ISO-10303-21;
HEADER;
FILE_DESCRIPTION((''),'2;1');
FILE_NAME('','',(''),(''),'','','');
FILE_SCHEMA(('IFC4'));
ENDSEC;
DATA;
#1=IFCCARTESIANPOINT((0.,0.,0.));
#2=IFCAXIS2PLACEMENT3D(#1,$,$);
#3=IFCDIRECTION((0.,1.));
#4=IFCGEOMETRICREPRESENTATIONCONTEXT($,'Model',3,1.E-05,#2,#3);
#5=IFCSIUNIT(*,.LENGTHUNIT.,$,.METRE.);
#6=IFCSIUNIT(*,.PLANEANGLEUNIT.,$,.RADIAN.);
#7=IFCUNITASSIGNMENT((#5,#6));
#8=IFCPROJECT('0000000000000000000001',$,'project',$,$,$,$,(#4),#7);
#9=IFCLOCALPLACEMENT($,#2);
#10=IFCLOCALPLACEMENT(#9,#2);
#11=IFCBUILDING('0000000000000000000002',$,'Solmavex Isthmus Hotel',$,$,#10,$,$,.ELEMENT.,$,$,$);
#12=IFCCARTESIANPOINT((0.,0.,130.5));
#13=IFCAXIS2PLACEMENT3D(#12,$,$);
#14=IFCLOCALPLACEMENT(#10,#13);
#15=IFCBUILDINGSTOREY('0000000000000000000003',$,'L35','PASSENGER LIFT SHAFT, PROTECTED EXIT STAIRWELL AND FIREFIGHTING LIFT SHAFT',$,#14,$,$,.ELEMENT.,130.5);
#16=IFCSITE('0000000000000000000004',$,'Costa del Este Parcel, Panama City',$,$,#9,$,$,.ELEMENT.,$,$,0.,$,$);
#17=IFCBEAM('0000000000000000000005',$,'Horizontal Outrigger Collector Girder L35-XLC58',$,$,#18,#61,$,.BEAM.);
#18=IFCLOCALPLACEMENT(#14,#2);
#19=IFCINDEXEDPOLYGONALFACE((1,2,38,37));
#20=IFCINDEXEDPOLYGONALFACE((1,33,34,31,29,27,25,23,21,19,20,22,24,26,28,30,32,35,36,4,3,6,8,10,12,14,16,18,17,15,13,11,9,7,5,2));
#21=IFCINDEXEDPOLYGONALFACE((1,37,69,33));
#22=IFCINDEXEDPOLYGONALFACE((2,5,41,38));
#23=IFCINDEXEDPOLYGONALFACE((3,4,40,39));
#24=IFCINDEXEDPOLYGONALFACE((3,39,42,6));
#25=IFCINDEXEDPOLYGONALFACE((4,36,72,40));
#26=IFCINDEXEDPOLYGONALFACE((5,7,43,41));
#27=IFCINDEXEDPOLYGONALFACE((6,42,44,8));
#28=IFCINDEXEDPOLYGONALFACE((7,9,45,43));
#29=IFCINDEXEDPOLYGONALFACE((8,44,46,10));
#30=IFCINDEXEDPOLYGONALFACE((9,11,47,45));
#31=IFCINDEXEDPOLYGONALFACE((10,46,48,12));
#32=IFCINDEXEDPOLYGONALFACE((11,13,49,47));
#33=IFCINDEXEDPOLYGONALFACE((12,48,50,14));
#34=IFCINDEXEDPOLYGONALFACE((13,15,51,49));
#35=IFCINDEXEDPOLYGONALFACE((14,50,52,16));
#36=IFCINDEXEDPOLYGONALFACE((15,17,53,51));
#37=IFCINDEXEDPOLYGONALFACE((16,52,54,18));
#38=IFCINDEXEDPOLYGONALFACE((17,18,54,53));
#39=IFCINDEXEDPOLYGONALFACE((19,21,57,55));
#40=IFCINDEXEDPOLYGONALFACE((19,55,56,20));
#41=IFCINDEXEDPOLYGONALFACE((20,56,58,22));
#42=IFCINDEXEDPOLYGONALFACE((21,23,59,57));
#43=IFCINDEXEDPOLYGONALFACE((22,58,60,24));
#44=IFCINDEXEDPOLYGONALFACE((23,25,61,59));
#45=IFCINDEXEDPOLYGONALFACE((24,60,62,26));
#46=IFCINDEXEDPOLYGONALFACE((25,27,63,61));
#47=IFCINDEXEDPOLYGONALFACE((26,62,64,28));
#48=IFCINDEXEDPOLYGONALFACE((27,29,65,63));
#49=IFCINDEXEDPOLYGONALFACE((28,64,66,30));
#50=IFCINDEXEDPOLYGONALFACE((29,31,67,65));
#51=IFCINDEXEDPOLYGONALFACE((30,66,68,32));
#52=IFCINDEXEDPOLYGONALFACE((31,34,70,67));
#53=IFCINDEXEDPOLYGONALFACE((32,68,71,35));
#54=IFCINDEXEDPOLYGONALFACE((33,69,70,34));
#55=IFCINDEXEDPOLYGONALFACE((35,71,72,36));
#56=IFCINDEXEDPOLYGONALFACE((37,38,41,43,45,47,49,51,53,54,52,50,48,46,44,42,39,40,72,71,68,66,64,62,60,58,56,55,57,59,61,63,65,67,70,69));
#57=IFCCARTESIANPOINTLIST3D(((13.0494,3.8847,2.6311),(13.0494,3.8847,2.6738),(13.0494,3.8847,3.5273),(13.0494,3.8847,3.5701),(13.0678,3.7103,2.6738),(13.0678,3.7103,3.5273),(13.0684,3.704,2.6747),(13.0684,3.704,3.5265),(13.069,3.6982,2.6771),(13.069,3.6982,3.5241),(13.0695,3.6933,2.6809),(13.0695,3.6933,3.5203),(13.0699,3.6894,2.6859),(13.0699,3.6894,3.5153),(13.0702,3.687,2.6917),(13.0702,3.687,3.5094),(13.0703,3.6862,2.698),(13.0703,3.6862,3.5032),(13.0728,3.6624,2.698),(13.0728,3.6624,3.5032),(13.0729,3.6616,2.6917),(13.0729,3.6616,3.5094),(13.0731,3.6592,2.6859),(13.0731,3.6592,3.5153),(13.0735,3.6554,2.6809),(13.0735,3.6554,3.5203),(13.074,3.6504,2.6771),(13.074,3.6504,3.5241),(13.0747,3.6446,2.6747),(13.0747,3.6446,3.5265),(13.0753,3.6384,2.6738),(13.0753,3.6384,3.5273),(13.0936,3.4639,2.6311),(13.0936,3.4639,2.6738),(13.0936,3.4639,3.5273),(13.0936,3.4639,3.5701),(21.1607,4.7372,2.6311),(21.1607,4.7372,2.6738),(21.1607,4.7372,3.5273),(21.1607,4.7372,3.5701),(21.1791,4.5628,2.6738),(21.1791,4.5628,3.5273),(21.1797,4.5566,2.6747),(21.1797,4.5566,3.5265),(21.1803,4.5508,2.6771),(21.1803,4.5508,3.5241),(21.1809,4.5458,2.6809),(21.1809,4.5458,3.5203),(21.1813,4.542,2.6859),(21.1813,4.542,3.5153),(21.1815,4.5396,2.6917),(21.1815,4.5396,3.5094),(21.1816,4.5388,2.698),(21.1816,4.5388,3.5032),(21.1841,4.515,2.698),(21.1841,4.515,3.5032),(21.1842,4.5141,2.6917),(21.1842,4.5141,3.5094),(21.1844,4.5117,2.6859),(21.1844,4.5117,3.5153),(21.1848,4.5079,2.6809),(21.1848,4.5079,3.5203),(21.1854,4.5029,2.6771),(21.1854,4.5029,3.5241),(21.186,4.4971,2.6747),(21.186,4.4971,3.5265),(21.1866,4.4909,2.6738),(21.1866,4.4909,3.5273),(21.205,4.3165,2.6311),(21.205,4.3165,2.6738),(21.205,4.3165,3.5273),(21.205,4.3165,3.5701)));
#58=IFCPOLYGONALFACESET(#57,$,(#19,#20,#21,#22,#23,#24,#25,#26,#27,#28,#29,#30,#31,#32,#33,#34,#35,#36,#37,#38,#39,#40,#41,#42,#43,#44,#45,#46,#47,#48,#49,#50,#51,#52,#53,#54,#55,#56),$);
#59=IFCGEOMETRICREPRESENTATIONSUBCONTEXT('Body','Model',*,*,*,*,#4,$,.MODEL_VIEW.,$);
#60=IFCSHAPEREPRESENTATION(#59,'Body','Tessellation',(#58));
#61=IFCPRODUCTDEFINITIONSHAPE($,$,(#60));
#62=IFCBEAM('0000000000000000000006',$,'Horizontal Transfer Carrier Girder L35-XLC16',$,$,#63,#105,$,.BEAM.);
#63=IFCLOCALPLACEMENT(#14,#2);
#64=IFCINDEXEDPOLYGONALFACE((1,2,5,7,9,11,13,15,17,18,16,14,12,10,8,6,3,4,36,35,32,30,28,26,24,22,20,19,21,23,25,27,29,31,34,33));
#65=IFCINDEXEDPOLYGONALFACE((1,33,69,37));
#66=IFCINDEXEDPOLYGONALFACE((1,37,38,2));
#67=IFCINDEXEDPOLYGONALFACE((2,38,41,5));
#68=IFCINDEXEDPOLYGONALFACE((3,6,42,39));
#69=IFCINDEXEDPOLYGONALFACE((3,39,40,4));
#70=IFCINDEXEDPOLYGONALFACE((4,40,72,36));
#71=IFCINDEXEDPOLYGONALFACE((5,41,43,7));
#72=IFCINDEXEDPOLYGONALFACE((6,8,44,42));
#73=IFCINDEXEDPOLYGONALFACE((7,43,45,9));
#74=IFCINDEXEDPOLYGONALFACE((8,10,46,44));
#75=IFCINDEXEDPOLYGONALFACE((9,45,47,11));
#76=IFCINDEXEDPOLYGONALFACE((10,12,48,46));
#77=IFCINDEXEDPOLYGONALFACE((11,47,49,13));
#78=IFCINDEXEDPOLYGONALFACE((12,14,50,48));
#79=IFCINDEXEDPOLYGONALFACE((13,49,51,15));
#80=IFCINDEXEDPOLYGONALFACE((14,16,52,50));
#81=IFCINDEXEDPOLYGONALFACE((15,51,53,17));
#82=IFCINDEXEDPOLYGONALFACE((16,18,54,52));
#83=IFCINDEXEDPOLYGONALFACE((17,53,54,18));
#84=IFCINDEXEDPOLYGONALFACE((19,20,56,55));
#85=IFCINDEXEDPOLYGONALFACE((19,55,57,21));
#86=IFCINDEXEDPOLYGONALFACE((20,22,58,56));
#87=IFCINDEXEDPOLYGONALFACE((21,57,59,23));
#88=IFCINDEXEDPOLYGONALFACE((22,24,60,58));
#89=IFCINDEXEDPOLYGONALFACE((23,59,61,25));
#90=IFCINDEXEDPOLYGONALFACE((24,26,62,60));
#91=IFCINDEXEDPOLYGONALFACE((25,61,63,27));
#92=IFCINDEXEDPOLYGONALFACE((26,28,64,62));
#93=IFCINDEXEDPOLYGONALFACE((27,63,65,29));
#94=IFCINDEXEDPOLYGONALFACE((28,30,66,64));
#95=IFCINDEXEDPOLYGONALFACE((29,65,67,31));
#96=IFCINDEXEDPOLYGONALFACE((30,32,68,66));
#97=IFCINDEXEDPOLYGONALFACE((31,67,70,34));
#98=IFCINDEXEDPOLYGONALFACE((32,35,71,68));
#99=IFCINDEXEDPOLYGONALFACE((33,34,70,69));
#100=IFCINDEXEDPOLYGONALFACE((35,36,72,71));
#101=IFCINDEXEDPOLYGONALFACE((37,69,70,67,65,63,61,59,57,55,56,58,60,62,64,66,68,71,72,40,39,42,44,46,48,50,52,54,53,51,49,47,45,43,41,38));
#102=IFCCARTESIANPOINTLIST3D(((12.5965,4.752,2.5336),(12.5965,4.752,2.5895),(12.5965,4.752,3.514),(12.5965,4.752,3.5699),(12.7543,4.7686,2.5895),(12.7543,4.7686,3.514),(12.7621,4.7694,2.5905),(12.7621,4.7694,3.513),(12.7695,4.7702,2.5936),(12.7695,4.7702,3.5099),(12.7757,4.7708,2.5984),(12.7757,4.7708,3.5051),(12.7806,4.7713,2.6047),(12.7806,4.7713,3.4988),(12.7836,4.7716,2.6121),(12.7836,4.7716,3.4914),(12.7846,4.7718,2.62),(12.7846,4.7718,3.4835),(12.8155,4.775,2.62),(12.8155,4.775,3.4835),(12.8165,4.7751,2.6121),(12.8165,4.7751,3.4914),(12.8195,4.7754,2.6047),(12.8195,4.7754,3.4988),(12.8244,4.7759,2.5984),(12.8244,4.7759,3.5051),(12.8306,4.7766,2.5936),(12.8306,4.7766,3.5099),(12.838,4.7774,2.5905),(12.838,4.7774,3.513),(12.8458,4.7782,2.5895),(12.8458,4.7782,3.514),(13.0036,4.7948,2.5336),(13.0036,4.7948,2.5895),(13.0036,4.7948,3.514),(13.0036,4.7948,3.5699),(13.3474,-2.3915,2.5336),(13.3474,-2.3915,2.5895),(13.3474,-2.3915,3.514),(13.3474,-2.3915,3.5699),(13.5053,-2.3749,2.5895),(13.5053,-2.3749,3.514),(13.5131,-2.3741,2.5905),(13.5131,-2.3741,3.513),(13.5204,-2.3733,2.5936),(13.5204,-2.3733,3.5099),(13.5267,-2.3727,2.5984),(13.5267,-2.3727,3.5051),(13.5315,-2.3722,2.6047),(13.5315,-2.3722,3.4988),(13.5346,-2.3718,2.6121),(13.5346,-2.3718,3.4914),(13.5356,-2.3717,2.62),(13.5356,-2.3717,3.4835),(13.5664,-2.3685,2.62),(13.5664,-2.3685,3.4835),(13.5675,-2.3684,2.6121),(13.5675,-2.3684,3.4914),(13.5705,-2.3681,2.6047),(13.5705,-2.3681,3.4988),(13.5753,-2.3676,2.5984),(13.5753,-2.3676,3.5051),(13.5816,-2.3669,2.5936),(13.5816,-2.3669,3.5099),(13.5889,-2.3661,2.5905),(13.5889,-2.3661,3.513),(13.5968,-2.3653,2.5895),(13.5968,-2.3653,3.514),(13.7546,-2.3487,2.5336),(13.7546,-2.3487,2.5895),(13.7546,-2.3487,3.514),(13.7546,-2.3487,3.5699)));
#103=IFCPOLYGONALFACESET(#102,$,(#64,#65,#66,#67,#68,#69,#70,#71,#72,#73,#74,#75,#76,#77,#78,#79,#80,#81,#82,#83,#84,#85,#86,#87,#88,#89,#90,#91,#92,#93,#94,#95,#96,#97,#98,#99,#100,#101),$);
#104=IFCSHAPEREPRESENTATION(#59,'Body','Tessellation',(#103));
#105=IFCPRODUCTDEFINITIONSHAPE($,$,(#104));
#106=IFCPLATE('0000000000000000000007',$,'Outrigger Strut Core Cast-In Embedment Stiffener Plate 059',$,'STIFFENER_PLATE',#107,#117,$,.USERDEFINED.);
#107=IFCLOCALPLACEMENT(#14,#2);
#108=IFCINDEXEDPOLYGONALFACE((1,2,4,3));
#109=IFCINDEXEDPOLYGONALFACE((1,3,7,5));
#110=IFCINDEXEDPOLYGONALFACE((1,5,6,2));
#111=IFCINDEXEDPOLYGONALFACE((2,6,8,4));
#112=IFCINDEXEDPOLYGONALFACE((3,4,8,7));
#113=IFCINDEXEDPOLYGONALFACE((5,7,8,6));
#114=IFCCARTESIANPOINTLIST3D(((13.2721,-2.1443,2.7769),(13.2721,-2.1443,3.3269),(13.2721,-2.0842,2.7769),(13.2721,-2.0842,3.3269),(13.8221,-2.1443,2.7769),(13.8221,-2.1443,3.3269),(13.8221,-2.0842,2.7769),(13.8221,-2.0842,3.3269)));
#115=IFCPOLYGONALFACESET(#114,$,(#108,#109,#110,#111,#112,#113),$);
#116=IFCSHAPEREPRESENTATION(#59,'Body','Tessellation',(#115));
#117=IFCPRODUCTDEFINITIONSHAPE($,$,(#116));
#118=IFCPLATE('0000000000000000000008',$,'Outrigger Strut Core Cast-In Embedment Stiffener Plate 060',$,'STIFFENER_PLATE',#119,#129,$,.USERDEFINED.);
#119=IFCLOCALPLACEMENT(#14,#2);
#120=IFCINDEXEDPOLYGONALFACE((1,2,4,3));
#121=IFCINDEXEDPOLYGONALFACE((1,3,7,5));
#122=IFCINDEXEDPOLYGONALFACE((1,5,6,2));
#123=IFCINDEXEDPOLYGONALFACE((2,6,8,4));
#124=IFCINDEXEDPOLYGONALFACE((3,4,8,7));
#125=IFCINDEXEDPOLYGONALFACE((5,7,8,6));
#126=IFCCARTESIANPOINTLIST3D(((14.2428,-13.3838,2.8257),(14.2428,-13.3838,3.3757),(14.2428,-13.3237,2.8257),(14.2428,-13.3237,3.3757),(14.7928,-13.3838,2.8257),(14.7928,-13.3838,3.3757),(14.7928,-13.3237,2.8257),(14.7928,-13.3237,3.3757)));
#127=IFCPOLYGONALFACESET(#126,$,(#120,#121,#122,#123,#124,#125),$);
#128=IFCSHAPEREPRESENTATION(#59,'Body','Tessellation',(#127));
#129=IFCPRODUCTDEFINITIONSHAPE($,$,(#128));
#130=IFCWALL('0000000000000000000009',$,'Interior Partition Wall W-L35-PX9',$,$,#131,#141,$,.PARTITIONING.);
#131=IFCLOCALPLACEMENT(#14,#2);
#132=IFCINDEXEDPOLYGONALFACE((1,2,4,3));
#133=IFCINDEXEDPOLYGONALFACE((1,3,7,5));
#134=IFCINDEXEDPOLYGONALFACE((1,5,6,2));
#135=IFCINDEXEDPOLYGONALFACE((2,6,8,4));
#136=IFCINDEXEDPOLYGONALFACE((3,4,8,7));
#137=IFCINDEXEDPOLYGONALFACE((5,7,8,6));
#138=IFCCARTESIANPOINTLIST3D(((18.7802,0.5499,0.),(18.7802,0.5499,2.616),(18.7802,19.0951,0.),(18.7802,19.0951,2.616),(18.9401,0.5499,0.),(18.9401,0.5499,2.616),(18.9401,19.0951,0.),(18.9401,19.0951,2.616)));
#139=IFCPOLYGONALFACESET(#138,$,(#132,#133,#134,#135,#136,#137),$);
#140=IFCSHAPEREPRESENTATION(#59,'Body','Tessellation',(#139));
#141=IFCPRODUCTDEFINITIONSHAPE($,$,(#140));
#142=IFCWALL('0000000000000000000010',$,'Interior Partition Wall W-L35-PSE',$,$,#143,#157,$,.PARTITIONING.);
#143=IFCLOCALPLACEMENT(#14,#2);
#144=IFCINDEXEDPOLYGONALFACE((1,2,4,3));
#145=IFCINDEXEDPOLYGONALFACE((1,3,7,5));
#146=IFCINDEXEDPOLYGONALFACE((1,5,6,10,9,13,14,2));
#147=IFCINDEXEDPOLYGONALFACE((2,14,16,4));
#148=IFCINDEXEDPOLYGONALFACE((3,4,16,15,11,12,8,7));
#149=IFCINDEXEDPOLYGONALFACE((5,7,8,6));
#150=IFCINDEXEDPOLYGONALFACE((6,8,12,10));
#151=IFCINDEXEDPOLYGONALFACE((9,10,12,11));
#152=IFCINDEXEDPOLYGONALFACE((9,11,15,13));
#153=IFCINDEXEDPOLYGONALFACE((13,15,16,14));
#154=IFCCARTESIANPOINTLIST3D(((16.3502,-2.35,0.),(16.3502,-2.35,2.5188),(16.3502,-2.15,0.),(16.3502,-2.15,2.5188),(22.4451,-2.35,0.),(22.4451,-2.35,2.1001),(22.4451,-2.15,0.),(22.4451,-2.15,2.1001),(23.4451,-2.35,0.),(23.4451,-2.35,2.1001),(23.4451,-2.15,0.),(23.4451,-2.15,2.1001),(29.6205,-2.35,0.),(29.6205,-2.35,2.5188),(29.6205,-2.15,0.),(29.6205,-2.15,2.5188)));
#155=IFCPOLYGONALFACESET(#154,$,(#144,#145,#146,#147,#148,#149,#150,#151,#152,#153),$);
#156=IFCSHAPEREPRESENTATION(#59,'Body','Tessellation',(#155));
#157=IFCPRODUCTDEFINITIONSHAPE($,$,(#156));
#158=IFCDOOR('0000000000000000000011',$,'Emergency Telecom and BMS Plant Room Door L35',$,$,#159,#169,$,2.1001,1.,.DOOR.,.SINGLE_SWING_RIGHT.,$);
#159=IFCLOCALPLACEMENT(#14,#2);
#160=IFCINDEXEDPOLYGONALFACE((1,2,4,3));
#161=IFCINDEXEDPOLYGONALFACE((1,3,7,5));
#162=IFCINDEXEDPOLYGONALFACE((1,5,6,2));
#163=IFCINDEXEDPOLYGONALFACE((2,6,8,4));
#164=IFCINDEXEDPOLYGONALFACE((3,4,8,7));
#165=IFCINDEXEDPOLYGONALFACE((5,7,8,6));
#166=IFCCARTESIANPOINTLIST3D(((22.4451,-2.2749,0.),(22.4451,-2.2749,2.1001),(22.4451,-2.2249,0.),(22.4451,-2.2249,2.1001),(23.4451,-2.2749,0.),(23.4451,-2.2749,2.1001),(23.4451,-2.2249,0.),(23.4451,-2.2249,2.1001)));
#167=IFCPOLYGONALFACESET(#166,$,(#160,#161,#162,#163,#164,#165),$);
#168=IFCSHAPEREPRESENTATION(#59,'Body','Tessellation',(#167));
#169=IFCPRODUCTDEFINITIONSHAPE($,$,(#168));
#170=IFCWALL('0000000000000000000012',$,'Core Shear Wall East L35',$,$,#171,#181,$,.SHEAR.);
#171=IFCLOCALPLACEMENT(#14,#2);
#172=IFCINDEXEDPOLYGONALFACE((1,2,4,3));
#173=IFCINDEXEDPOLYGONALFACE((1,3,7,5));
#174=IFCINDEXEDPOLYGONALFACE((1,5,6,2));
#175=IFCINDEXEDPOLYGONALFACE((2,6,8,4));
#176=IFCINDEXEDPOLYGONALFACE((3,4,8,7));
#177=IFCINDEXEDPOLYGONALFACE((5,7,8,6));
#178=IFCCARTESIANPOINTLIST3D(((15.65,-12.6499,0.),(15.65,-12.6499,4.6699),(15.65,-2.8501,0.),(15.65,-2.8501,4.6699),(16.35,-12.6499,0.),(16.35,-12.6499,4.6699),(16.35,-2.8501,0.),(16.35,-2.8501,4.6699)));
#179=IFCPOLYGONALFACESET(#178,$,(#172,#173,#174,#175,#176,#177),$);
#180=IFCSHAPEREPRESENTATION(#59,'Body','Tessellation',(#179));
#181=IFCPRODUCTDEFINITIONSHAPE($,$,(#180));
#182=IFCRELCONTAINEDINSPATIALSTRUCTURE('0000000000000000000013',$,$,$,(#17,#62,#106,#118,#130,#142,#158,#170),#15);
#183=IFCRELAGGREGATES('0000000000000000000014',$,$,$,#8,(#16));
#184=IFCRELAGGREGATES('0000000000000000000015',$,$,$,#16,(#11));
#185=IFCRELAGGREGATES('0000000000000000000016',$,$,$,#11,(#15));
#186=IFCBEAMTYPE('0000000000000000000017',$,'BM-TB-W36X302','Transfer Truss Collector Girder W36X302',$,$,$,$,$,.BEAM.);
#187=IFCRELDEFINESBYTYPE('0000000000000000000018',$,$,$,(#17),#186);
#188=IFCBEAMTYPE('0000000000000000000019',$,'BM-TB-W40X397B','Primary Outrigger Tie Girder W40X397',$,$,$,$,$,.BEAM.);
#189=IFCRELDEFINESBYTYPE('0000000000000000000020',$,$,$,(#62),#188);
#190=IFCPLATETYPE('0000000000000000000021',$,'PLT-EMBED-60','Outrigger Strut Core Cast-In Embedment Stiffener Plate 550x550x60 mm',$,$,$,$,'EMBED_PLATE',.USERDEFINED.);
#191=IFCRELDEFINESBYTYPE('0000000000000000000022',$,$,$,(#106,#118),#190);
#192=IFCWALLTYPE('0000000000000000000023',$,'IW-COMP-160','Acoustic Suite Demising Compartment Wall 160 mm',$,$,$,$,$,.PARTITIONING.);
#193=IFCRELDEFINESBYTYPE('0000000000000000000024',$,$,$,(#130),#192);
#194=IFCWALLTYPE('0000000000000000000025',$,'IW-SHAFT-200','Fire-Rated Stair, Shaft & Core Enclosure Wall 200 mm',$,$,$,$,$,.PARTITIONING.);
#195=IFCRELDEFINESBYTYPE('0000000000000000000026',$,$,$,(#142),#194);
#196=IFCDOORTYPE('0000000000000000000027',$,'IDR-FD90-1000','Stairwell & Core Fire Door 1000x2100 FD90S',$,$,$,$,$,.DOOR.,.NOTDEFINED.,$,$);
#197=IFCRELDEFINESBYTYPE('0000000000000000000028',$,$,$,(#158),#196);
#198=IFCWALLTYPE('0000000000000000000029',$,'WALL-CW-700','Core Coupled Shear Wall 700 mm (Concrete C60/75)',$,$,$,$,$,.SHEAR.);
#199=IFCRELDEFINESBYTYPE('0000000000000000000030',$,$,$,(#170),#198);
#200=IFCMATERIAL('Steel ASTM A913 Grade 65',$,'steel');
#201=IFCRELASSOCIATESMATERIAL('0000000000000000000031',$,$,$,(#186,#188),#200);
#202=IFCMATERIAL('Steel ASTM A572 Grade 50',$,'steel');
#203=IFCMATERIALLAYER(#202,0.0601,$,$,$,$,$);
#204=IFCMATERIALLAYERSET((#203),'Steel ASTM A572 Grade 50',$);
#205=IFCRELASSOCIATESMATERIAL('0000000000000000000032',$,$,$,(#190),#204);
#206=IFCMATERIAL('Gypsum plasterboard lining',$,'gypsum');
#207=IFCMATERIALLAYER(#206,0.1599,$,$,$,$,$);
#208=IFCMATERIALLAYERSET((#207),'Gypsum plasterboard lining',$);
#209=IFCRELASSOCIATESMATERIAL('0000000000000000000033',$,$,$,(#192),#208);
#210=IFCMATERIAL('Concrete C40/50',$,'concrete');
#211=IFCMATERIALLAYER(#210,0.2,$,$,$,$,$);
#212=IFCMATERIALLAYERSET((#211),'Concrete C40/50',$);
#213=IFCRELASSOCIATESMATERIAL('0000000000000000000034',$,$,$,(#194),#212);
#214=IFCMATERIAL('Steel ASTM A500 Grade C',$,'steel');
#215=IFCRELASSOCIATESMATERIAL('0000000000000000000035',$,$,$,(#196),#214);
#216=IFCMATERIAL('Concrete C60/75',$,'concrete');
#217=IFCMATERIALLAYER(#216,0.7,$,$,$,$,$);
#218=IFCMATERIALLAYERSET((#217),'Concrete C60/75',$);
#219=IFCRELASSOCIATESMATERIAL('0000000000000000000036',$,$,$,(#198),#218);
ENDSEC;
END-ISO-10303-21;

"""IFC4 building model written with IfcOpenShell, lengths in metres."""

from ifc_helpers import new_model, si_unit, direction, frame, frame_2d, origin, origin_2d, place, context, subcontext, project, spatial, rectangle, i_section, extrude, material, layer, layer_set, material_profile, profile_set, type_object, element, fill, save


model = new_model("IFC4")

# Units and contexts
model_context = context("Model", 3, precision=1e-05, world=origin(), true_north=direction((0.0, 1.0)))
body_context = subcontext(model_context, "Body", "Model", "MODEL_VIEW")
ifc_project = project(units=[si_unit("LENGTHUNIT", "METRE"), si_unit("PLANEANGLEUNIT", "RADIAN")], contexts=[model_context])

# Site, building, storey
site_placement = place(None, origin())
site = spatial("IfcSite", under=ifc_project, at=site_placement, Name="Costa del Este Parcel, Panama City", CompositionType="ELEMENT", RefElevation=0.0)
building_placement = place(site_placement, origin())
building = spatial("IfcBuilding", under=site, at=building_placement, Name="Solmavex Isthmus Hotel", CompositionType="ELEMENT")
storey_placement = place(building_placement, frame((0.0, 0.0, 130.5)))
storey = spatial("IfcBuildingStorey", under=building, at=storey_placement, Name="L35", Description="PASSENGER LIFT SHAFT, PROTECTED EXIT STAIRWELL AND FIREFIGHTING LIFT SHAFT", CompositionType="ELEMENT", Elevation=130.5)

# Shared definitions
ifc_material_1 = material(Name="Concrete C60/75", Category="concrete")

# Beams
ifc_material_2 = material(Name="Steel ASTM A913 Grade 65", Category="steel")
ifc_material_profile_1 = material_profile(ifc_material_2, i_section(OverallWidth=0.4231, OverallDepth=0.939, WebThickness=0.0239, FlangeThickness=0.0427, FilletRadius=0.0242, at=origin_2d()), Name="W36X302")
ifc_profile_set_1 = profile_set([ifc_material_profile_1], Name="Steel ASTM A913 Grade 65")
beam_type_1 = type_object("IfcBeamType", Name="BM-TB-W36X302", Description="Transfer Truss Collector Girder W36X302", PredefinedType="BEAM", material=ifc_profile_set_1)
beam_1_placement = place(storey_placement, frame((13.0715, 3.6743, 3.1006), z_axis=(0.994522, 0.104529, 0.0), x_axis=(-0.104529, 0.994522, 0.0)))
element("IfcBeam", 1, at=beam_1_placement, inside=storey, type_object=beam_type_1, Name="Horizontal Outrigger Collector Girder L35-XLC58", PredefinedType="BEAM", context=body_context, shape_type="SweptSolid", body=[
    extrude(i_section(OverallWidth=0.4231, OverallDepth=0.939, WebThickness=0.0239, FlangeThickness=0.0427, FilletRadius=0.0242, at=origin_2d()), origin(), (0.0, 0.0, 1.0), 8.156),
])
ifc_material_profile_2 = material_profile(ifc_material_2, i_section(OverallWidth=0.4094, OverallDepth=1.0364, WebThickness=0.031, FlangeThickness=0.0559, FilletRadius=0.0305, at=origin_2d()), Name="W40X397")
ifc_profile_set_2 = profile_set([ifc_material_profile_2], Name="Steel ASTM A913 Grade 65")
beam_type_2 = type_object("IfcBeamType", Name="BM-TB-W40X397B", Description="Primary Outrigger Tie Girder W40X397", PredefinedType="BEAM", material=ifc_profile_set_2)
beam_2_placement = place(storey_placement, frame((13.551, -2.3701, 3.0518), z_axis=(-0.10455, 0.99452, 0.0), x_axis=(-0.99452, -0.10455, 0.0)))
element("IfcBeam", 2, at=beam_2_placement, inside=storey, type_object=beam_type_2, Name="Horizontal Transfer Carrier Girder L35-XLC16", PredefinedType="BEAM", context=body_context, shape_type="SweptSolid", body=[
    extrude(i_section(OverallWidth=0.4094, OverallDepth=1.0364, WebThickness=0.031, FlangeThickness=0.0559, FilletRadius=0.0305, at=origin_2d()), origin(), (0.0, 0.0, 1.0), 7.1829),
])

# Plates
ifc_material_3 = material(Name="Steel ASTM A572 Grade 50", Category="steel")
ifc_layer_1 = layer(ifc_material_3, 0.0601)
ifc_layer_set_1 = layer_set([ifc_layer_1], Name="Steel ASTM A572 Grade 50")
plate_type = type_object("IfcPlateType", Name="PLT-EMBED-60", Description="Outrigger Strut Core Cast-In Embedment Stiffener Plate 550x550x60 mm", ElementType="EMBED_PLATE", PredefinedType="USERDEFINED", material=ifc_layer_set_1)
for number, where, z_axis, x_axis, name in (
    (3, (13.5471, -2.1143, 2.7769), (0.0, 0.0, 1.0), (1.0, 0.0, 0.0), "Outrigger Strut Core Cast-In Embedment Stiffener Plate 059"),
    (4, (14.5178, -13.3538, 2.8257), (0.0, 0.0, 1.0), (1.0, 0.0, 0.0), "Outrigger Strut Core Cast-In Embedment Stiffener Plate 060"),
):
    element("IfcPlate", number, at=place(storey_placement, frame(where, z_axis=z_axis, x_axis=x_axis)), inside=storey, type_object=plate_type, Name=name, ObjectType="STIFFENER_PLATE", PredefinedType="USERDEFINED", context=body_context, shape_type="SweptSolid", body=[
        extrude(rectangle(XDim=0.55, YDim=0.0601, at=origin_2d()), origin(), (0.0, 0.0, 1.0), 0.55),
    ])

# Wall
ifc_material_4 = material(Name="Gypsum plasterboard lining", Category="gypsum")
ifc_layer_2 = layer(ifc_material_4, 0.1599)
ifc_layer_set_2 = layer_set([ifc_layer_2], Name="Gypsum plasterboard lining")
wall_type_1 = type_object("IfcWallType", Name="IW-COMP-160", Description="Acoustic Suite Demising Compartment Wall 160 mm", PredefinedType="PARTITIONING", material=ifc_layer_set_2)
wall_1_placement = place(storey_placement, frame((18.8601, 0.55, 0.0), z_axis=(0.0, 0.0, 1.0), x_axis=(0.0, 1.0, 0.0)))
element("IfcWall", 5, at=wall_1_placement, inside=storey, type_object=wall_type_1, Name="Interior Partition Wall W-L35-PX9", PredefinedType="PARTITIONING", context=body_context, shape_type="SweptSolid", body=[
    extrude(rectangle(XDim=18.5452, YDim=0.1599, at=frame_2d((9.2725, 0.0))), origin(), (0.0, 0.0, 1.0), 2.616),
])

# Wall, opening, door
ifc_material_5 = material(Name="Concrete C40/50", Category="concrete")
ifc_layer_3 = layer(ifc_material_5, 0.2)
ifc_layer_set_3 = layer_set([ifc_layer_3], Name="Concrete C40/50")
wall_type_2 = type_object("IfcWallType", Name="IW-SHAFT-200", Description="Fire-Rated Stair, Shaft & Core Enclosure Wall 200 mm", PredefinedType="PARTITIONING", material=ifc_layer_set_3)
wall_2_placement = place(storey_placement, frame((16.3501, -2.25, 0.0), z_axis=(0.0, 0.0, 1.0), x_axis=(1.0, 0.0, 0.0)))
wall_2 = element("IfcWall", 6, at=wall_2_placement, inside=storey, type_object=wall_type_2, Name="Interior Partition Wall W-L35-PSE", PredefinedType="PARTITIONING", context=body_context, shape_type="SweptSolid", body=[
    extrude(rectangle(XDim=13.2703, YDim=0.2, at=frame_2d((6.6353, 0.0))), origin(), (0.0, 0.0, 1.0), 2.5188),
])
opening_placement = place(wall_2_placement, frame((6.095, 0.0, 0.0)))
opening = element("IfcOpeningElement", 7, at=opening_placement, cuts=wall_2, PredefinedType="OPENING", context=body_context, shape_type="SweptSolid", body=[
    extrude(rectangle(XDim=1.0, YDim=2.1001, at=frame_2d((0.5, 1.05))), frame((0.0, 0.1099, 0.0), z_axis=(0.0, -1.0, 0.0), x_axis=(1.0, 0.0, 0.0)), (0.0, 0.0, 1.0), 0.22),
])
ifc_material_6 = material(Name="Steel ASTM A500 Grade C", Category="steel")
door_type = type_object("IfcDoorType", Name="IDR-FD90-1000", Description="Stairwell & Core Fire Door 1000x2100 FD90S", OperationType="NOTDEFINED", PredefinedType="DOOR", material=ifc_material_6)
door_placement = place(opening_placement, frame((1.0, 0.0, 0.0), z_axis=(0.0, 0.0, 1.0), x_axis=(-1.0, 0.0, 0.0)))
door = element("IfcDoor", 8, at=door_placement, inside=storey, type_object=door_type, Name="Emergency Telecom and BMS Plant Room Door L35", OperationType="SINGLE_SWING_RIGHT", OverallHeight=2.1001, OverallWidth=1.0, PredefinedType="DOOR", context=body_context, shape_type="SweptSolid", body=[
    extrude(rectangle(XDim=1.0, YDim=2.1001, at=frame_2d((0.5, 1.05))), frame((0.0, 0.0249, 0.0), z_axis=(0.0, -1.0, 0.0), x_axis=(1.0, 0.0, 0.0)), (0.0, 0.0, 1.0), 0.05),
])
fill(opening, door)

# Wall
ifc_layer_4 = layer(ifc_material_1, 0.7)
ifc_layer_set_4 = layer_set([ifc_layer_4], Name="Concrete C60/75")
wall_type_3 = type_object("IfcWallType", Name="WALL-CW-700", Description="Core Coupled Shear Wall 700 mm (Concrete C60/75)", PredefinedType="SHEAR", material=ifc_layer_set_4)
wall_3_placement = place(storey_placement, frame((16.0, -12.6499, 0.0), z_axis=(0.0, 0.0, 1.0), x_axis=(0.0, 1.0, 0.0)))
element("IfcWall", 9, at=wall_3_placement, inside=storey, type_object=wall_type_3, Name="Core Shear Wall East L35", PredefinedType="SHEAR", context=body_context, shape_type="SweptSolid", body=[
    extrude(rectangle(XDim=9.7998, YDim=0.7, at=frame_2d((4.8999, 0.0))), origin(), (0.0, 0.0, 1.0), 4.6699),
])

save(model, "model.ifc")
